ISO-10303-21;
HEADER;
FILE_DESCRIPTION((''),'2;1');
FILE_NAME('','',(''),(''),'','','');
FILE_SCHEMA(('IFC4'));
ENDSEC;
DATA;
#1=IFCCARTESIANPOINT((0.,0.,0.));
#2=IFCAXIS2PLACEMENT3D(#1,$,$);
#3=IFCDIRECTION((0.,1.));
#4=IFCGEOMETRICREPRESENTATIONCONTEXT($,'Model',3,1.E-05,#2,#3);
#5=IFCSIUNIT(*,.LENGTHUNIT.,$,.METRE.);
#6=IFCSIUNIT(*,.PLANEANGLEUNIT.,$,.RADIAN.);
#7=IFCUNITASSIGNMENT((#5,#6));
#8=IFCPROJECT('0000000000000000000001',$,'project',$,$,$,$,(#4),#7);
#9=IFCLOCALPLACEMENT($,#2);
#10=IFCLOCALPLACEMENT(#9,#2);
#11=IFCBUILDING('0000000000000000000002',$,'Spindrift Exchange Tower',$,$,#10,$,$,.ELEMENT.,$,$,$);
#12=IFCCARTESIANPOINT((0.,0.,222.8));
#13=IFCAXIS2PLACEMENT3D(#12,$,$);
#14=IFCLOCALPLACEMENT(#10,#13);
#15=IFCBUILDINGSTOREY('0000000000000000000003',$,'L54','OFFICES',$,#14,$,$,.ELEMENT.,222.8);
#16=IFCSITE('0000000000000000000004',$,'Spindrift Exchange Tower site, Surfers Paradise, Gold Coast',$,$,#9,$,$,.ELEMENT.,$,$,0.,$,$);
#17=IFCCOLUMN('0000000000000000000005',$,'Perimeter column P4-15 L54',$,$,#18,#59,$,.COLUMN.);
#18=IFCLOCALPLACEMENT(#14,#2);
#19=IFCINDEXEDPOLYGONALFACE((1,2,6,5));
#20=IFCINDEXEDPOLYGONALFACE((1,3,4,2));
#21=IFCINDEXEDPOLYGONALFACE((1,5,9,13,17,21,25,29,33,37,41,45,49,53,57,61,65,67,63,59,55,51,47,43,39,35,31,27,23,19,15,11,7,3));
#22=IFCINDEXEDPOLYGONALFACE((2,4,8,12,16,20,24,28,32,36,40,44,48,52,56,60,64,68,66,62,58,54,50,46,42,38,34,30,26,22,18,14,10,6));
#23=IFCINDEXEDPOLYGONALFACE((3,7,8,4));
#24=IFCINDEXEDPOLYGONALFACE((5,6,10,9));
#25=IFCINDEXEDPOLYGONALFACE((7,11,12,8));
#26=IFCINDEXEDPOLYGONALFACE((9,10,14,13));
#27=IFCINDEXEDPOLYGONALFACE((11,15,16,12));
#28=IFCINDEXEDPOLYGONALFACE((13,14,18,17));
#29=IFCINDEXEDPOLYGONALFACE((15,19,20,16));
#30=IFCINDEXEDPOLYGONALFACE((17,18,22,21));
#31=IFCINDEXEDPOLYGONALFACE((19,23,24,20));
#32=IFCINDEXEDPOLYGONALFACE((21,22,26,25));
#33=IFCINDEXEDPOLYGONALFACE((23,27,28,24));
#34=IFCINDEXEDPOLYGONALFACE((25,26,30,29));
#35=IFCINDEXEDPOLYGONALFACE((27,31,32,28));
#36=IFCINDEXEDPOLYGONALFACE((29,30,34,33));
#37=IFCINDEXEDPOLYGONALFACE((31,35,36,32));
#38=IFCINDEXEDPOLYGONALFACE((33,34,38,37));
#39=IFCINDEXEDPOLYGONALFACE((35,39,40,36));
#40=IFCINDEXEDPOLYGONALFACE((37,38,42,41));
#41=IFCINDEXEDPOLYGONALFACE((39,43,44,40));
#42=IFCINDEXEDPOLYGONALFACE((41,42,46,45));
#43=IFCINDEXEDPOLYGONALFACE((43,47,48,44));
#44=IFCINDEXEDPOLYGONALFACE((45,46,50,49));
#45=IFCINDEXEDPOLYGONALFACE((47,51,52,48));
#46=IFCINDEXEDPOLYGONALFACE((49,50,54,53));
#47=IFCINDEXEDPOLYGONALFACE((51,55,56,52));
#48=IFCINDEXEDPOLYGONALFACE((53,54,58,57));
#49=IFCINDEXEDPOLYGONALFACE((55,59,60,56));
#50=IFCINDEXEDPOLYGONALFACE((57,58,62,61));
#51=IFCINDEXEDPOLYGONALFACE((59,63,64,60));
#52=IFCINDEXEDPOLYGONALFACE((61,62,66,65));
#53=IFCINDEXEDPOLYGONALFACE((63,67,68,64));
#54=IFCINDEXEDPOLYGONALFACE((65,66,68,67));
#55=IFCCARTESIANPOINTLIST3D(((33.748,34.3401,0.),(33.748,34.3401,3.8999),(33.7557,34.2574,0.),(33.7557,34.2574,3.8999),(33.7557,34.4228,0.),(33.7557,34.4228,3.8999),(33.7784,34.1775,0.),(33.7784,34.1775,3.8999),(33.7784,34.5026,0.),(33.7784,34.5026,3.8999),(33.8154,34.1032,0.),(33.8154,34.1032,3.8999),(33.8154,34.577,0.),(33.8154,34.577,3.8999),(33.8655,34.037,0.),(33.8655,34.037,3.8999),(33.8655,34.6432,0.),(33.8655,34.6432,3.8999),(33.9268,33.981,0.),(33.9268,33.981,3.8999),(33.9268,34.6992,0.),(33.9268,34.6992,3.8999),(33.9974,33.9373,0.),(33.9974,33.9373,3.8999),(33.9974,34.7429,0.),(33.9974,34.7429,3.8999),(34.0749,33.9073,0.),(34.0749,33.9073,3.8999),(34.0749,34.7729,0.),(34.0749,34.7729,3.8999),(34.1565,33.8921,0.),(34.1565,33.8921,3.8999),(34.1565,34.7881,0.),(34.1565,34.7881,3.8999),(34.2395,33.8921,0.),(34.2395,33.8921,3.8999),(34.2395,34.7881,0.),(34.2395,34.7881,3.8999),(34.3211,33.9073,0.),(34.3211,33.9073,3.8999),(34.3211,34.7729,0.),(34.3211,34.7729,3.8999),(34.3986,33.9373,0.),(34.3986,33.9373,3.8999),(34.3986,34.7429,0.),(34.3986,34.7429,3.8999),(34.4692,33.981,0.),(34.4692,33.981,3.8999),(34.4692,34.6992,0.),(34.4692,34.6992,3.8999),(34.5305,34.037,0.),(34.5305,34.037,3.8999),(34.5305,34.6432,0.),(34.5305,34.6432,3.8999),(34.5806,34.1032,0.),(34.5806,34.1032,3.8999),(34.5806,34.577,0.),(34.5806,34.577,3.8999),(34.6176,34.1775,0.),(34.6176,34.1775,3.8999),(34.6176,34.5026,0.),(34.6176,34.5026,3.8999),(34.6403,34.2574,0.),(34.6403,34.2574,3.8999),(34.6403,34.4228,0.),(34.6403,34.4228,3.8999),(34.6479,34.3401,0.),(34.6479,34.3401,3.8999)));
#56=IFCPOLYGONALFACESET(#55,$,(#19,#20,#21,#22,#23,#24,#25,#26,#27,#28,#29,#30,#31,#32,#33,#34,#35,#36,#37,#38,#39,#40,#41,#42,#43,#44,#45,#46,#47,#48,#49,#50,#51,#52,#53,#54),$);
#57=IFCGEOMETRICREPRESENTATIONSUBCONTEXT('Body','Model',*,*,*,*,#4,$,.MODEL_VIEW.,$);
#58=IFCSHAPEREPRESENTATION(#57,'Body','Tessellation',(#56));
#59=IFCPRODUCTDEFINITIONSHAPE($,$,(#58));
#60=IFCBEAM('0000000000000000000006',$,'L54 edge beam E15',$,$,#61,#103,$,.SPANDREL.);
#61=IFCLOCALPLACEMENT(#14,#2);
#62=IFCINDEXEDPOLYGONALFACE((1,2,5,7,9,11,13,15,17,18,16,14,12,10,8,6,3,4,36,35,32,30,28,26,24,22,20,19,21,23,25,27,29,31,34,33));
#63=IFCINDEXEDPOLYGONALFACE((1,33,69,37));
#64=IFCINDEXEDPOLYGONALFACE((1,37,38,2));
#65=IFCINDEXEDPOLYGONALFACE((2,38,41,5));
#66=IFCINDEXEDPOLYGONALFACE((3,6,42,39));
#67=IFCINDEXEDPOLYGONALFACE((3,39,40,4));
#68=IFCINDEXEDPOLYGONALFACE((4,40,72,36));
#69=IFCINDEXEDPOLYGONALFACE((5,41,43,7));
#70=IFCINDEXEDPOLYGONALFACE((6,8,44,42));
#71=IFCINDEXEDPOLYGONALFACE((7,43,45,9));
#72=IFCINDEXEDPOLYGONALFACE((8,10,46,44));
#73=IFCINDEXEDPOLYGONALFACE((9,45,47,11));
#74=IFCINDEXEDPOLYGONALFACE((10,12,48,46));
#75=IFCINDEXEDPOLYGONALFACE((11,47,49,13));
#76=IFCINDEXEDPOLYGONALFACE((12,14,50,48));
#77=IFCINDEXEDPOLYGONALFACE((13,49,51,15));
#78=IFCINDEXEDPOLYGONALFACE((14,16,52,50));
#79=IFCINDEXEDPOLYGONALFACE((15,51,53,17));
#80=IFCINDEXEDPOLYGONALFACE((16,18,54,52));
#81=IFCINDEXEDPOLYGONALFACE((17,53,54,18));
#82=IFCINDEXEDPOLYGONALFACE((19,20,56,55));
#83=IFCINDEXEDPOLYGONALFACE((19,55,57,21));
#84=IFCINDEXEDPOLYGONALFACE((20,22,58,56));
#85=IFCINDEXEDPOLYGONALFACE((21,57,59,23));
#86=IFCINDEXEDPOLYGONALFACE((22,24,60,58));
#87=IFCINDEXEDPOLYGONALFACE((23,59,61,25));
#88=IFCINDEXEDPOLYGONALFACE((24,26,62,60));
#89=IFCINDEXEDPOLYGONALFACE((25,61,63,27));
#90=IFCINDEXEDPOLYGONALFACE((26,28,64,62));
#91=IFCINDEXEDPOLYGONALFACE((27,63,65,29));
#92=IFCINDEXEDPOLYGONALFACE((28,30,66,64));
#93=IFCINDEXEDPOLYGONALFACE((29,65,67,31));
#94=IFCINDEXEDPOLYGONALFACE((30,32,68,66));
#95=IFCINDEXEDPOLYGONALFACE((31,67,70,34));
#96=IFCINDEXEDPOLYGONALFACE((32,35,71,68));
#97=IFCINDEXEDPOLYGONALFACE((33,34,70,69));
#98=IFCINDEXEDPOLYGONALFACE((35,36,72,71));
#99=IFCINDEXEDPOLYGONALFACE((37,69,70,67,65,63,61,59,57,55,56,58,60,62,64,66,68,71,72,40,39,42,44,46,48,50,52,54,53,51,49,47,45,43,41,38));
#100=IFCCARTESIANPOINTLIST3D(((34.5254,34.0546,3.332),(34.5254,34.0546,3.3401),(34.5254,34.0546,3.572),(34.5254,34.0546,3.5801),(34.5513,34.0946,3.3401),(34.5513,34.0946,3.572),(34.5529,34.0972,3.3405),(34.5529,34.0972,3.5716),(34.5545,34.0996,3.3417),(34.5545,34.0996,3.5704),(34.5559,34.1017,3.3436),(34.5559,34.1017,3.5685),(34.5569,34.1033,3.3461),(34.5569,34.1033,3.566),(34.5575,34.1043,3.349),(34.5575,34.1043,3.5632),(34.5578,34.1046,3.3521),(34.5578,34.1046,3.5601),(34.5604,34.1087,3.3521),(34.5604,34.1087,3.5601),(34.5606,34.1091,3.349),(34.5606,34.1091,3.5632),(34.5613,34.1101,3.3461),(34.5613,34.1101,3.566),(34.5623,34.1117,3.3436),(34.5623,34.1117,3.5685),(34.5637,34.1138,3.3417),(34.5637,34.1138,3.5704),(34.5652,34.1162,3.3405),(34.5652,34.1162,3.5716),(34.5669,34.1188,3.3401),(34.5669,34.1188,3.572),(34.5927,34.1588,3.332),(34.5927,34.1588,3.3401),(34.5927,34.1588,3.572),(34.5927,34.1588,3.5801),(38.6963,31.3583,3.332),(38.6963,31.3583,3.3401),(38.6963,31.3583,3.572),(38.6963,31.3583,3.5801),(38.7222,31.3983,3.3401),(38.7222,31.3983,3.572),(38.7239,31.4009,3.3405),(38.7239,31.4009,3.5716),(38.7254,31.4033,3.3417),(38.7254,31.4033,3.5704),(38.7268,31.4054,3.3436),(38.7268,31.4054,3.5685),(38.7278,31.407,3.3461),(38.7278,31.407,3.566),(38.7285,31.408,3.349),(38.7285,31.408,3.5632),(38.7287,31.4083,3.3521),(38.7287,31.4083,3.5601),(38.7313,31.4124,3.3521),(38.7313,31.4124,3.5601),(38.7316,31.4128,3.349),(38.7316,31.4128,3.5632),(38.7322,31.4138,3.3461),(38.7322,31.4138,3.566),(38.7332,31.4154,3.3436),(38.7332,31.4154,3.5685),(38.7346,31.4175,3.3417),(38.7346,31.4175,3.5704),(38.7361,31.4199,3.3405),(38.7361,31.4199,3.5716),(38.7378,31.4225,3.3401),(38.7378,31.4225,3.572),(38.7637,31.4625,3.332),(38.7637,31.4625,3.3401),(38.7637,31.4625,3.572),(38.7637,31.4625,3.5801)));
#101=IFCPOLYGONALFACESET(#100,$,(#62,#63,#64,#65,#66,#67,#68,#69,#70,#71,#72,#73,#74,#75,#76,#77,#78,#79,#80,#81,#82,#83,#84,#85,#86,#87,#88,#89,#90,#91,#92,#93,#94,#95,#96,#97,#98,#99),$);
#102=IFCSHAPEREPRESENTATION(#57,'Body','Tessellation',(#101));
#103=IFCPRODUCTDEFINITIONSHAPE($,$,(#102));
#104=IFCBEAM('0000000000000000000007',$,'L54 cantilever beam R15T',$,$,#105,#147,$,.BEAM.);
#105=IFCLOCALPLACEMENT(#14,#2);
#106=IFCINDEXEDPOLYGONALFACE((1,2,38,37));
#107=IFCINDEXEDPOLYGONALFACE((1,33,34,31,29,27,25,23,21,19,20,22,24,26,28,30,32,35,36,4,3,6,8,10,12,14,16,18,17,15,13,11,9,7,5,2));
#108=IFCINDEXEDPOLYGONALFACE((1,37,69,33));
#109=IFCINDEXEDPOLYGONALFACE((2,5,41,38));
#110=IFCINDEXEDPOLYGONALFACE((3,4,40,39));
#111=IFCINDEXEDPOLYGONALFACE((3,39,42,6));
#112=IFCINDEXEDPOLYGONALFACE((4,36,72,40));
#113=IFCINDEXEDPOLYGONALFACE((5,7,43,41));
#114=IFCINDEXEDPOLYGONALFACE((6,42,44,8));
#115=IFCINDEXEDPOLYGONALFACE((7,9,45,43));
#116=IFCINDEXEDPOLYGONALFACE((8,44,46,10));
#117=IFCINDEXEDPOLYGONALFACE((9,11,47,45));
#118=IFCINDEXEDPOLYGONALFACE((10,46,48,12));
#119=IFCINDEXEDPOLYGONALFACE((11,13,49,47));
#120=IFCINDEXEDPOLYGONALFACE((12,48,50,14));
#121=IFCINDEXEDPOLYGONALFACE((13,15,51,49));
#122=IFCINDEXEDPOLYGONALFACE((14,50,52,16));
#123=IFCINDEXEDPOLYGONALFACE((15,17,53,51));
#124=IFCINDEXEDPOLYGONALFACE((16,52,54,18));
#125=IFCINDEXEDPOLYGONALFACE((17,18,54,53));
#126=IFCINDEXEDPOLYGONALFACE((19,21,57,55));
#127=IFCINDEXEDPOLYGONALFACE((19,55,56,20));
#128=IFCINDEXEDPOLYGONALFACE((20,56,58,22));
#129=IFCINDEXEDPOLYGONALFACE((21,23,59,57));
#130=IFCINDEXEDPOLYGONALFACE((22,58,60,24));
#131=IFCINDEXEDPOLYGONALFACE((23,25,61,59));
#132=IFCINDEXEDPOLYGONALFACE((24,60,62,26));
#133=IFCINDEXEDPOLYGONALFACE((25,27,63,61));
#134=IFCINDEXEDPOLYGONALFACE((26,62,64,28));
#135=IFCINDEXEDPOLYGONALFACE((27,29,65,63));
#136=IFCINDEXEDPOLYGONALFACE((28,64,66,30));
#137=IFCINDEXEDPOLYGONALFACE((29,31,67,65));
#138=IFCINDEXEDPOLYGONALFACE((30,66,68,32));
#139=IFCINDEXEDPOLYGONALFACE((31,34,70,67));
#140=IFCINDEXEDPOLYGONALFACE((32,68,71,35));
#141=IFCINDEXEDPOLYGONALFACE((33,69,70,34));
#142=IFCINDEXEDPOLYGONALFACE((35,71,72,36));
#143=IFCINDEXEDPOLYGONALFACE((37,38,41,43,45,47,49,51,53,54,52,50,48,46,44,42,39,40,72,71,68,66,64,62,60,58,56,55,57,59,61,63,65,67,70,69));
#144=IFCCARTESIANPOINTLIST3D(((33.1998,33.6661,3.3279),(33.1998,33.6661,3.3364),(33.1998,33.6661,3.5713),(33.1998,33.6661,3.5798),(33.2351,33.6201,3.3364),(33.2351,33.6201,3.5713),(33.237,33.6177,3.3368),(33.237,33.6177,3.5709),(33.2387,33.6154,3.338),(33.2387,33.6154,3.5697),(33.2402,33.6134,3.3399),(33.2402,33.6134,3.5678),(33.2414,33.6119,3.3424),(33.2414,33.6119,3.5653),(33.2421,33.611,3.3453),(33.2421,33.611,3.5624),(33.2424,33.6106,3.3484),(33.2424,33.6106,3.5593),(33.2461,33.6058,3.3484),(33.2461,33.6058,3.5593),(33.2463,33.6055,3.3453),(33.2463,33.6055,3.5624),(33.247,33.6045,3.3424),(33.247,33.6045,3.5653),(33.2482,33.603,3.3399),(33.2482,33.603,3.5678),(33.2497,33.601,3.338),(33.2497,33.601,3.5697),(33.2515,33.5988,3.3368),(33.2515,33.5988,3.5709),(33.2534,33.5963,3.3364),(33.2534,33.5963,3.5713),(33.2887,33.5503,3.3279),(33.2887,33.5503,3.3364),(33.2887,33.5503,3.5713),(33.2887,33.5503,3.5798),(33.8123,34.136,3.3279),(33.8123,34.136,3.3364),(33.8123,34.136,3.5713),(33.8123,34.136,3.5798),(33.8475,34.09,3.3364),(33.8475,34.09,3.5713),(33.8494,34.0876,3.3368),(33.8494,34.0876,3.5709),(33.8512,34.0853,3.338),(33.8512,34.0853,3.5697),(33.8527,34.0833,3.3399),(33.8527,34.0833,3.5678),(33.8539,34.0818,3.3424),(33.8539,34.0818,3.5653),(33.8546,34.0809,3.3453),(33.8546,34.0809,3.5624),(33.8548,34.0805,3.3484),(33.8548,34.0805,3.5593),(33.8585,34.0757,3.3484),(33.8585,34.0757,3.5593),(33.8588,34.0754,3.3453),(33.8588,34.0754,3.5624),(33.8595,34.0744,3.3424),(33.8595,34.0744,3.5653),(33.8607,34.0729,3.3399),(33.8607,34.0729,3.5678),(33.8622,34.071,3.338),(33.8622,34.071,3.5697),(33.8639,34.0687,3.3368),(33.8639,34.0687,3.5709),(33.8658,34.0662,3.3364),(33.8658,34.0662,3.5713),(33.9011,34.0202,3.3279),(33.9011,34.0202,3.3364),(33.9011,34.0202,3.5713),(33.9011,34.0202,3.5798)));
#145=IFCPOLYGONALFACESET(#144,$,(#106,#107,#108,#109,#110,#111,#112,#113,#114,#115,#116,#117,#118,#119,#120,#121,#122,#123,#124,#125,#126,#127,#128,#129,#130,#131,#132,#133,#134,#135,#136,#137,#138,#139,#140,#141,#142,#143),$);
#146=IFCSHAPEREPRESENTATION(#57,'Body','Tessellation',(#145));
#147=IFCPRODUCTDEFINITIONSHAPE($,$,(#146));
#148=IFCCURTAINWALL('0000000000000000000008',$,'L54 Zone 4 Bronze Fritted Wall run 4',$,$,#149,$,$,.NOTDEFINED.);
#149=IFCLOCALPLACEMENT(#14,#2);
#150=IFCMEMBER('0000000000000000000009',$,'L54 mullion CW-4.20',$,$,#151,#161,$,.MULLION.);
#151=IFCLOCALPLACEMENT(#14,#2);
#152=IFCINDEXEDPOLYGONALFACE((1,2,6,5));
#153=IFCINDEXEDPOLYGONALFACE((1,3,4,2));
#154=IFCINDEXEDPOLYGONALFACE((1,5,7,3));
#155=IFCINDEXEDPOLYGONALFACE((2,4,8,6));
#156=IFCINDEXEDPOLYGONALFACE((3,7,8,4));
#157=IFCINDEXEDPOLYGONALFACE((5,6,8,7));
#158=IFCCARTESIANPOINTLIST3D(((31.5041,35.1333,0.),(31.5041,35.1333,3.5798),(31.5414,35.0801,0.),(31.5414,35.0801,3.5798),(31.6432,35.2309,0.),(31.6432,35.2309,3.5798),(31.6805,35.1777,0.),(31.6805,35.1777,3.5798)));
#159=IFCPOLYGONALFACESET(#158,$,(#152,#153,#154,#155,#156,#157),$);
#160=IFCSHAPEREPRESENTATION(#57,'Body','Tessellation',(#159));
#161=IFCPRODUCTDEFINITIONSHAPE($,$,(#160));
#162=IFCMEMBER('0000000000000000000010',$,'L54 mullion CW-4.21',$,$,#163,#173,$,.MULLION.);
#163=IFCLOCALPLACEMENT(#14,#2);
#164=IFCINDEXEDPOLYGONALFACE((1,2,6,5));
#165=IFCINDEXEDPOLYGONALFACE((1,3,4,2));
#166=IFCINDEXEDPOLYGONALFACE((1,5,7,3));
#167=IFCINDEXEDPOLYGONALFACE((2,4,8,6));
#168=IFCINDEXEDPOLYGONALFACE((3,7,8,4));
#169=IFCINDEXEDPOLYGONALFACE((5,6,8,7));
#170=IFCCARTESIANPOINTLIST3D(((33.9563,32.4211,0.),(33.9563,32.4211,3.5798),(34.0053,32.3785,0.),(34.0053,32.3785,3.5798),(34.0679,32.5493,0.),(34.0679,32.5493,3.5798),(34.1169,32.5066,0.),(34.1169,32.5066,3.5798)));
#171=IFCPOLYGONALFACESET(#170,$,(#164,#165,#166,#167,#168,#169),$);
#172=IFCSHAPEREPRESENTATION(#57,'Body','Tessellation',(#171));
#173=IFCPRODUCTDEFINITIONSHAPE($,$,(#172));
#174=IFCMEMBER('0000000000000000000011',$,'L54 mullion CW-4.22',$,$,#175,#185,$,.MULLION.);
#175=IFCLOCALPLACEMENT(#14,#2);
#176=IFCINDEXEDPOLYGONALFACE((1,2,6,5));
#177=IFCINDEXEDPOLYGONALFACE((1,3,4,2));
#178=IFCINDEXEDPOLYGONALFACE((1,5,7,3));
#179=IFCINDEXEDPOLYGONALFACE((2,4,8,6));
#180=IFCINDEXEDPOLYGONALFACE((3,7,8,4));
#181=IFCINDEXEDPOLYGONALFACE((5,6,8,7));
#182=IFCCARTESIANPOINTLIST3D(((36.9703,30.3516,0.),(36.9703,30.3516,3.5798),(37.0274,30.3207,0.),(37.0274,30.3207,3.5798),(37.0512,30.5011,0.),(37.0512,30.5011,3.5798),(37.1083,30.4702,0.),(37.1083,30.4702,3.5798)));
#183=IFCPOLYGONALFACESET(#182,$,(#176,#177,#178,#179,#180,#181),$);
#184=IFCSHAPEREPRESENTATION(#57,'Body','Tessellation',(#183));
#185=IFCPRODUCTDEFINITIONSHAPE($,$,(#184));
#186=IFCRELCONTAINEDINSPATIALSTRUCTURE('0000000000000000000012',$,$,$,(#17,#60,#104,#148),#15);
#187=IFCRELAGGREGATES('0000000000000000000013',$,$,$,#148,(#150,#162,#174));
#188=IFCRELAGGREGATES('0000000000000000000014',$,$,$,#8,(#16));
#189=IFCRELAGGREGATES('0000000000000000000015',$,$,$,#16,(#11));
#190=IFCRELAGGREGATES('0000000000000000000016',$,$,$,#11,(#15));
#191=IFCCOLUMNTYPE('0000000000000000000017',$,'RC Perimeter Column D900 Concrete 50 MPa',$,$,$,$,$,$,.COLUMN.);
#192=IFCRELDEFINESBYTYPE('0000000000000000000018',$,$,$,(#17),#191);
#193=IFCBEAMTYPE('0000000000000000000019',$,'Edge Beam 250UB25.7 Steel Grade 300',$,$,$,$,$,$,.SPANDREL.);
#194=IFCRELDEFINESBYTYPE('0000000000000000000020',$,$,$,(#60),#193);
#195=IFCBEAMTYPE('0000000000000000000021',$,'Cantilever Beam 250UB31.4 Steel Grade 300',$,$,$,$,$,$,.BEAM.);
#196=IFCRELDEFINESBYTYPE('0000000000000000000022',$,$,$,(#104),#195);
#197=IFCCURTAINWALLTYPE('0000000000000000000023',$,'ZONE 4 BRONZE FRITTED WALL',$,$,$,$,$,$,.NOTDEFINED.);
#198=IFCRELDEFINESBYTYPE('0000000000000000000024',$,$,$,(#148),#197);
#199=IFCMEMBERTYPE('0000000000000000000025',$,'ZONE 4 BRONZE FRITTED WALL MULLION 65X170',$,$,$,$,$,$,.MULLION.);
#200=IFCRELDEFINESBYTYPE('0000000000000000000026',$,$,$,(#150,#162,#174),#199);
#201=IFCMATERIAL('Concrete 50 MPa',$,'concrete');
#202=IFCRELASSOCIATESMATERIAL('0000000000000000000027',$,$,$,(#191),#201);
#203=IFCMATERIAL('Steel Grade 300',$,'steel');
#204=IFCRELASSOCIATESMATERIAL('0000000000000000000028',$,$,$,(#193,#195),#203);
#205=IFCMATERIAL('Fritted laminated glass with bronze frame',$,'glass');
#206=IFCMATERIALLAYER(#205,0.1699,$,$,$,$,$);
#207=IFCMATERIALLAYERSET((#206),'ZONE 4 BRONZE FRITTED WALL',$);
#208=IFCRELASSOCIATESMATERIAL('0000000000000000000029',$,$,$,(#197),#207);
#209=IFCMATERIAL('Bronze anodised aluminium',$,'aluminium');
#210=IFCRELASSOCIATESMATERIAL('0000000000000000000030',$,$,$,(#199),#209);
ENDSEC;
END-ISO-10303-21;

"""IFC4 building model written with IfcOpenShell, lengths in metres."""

from ifc_helpers import new_model, si_unit, direction, frame, origin, origin_2d, place, context, subcontext, project, spatial, rectangle, circle, i_section, extrude, source, transform, mapped, material, layer, layer_set, material_profile, profile_set, type_object, element, aggregate, save


model = new_model("IFC4")

# Units and contexts
model_context = context("Model", 3, precision=1e-05, world=origin(), true_north=direction((0.0, 1.0)))
body_context = subcontext(model_context, "Body", "Model", "MODEL_VIEW")
ifc_project = project(units=[si_unit("LENGTHUNIT", "METRE"), si_unit("PLANEANGLEUNIT", "RADIAN")], contexts=[model_context])

# Site, building, storey
site_placement = place(None, origin())
site = spatial("IfcSite", under=ifc_project, at=site_placement, Name="Spindrift Exchange Tower site, Surfers Paradise, Gold Coast", CompositionType="ELEMENT", RefElevation=0.0)
building_placement = place(site_placement, origin())
building = spatial("IfcBuilding", under=site, at=building_placement, Name="Spindrift Exchange Tower", CompositionType="ELEMENT")
storey_placement = place(building_placement, frame((0.0, 0.0, 222.8)))
storey = spatial("IfcBuildingStorey", under=building, at=storey_placement, Name="L54", Description="OFFICES", CompositionType="ELEMENT", Elevation=222.8)

# Column
ifc_material_1 = material(Name="Concrete 50 MPa", Category="concrete")
ifc_material_profile_1 = material_profile(ifc_material_1, circle(Radius=0.45, at=origin_2d()), Name="RC D900")
ifc_profile_set_1 = profile_set([ifc_material_profile_1], Name="Concrete 50 MPa")
column_type = type_object("IfcColumnType", Name="RC Perimeter Column D900 Concrete 50 MPa", PredefinedType="COLUMN", material=ifc_profile_set_1)
shared_shape_1 = source(origin(), body_context, "Body", "SweptSolid", [
    extrude(circle(Radius=0.45, at=origin_2d()), origin(), (0.0, 0.0, 1.0), 3.8999),
])
column_placement = place(storey_placement, frame((34.198, 34.3401, 0.0), z_axis=(0.0, 0.0, 1.0), x_axis=(1.0, 0.0, 0.0)))
element("IfcColumn", 1, at=column_placement, inside=storey, type_object=column_type, Name="Perimeter column P4-15 L54", PredefinedType="COLUMN", context=body_context, shape_type="MappedRepresentation", body=[
    mapped(shared_shape_1, transform((0.0, 0.0, 0.0), scale=1.0)),
])

# Beams
ifc_material_2 = material(Name="Steel Grade 300", Category="steel")
ifc_material_profile_2 = material_profile(ifc_material_2, i_section(OverallWidth=0.124, OverallDepth=0.248, WebThickness=0.0049, FlangeThickness=0.0081, FilletRadius=0.012, at=origin_2d()), Name="250UB25.7")
ifc_profile_set_2 = profile_set([ifc_material_profile_2], Name="Steel Grade 300")
beam_type_1 = type_object("IfcBeamType", Name="Edge Beam 250UB25.7 Steel Grade 300", PredefinedType="SPANDREL", material=ifc_profile_set_2)
shared_shape_2 = source(origin(), body_context, "Body", "SweptSolid", [
    extrude(i_section(OverallWidth=0.124, OverallDepth=0.248, WebThickness=0.0049, FlangeThickness=0.0081, FilletRadius=0.012, at=origin_2d()), origin(), (0.0, 0.0, 1.0), 4.9666),
])
beam_1_placement = place(storey_placement, frame((34.5591, 34.1067, 3.4561), z_axis=(0.839802, -0.542893, 0.0), x_axis=(0.542893, 0.839802, 0.0)))
element("IfcBeam", 2, at=beam_1_placement, inside=storey, type_object=beam_type_1, Name="L54 edge beam E15", PredefinedType="SPANDREL", context=body_context, shape_type="MappedRepresentation", body=[
    mapped(shared_shape_2, transform((0.0, 0.0, 0.0), scale=1.0)),
])
ifc_material_profile_3 = material_profile(ifc_material_2, i_section(OverallWidth=0.146, OverallDepth=0.252, WebThickness=0.0061, FlangeThickness=0.0085, FilletRadius=0.012, at=origin_2d()), Name="250UB31.4")
ifc_profile_set_3 = profile_set([ifc_material_profile_3], Name="Steel Grade 300")
beam_type_2 = type_object("IfcBeamType", Name="Cantilever Beam 250UB31.4 Steel Grade 300", PredefinedType="BEAM", material=ifc_profile_set_3)
shared_shape_3 = source(origin(), body_context, "Body", "SweptSolid", [
    extrude(i_section(OverallWidth=0.146, OverallDepth=0.252, WebThickness=0.0061, FlangeThickness=0.0085, FilletRadius=0.012, at=origin_2d()), origin(), (0.0, 0.0, 1.0), 0.772),
])
beam_2_placement = place(storey_placement, frame((33.8567, 34.0781, 3.4539), z_axis=(-0.793387, -0.608717, 0.0), x_axis=(0.608717, -0.793387, 0.0)))
element("IfcBeam", 3, at=beam_2_placement, inside=storey, type_object=beam_type_2, Name="L54 cantilever beam R15T", PredefinedType="BEAM", context=body_context, shape_type="MappedRepresentation", body=[
    mapped(shared_shape_3, transform((0.0, 0.0, 0.0), scale=1.0)),
])

# Curtain wall, members
ifc_material_3 = material(Name="Fritted laminated glass with bronze frame", Category="glass")
ifc_layer_1 = layer(ifc_material_3, 0.1699)
ifc_layer_set_1 = layer_set([ifc_layer_1], Name="ZONE 4 BRONZE FRITTED WALL")
curtain_wall_type = type_object("IfcCurtainWallType", Name="ZONE 4 BRONZE FRITTED WALL", PredefinedType="NOTDEFINED", material=ifc_layer_set_1)
curtain_wall_placement = place(storey_placement, origin())
curtain_wall = element("IfcCurtainWall", 4, at=curtain_wall_placement, inside=storey, type_object=curtain_wall_type, Name="L54 Zone 4 Bronze Fritted Wall run 4", PredefinedType="NOTDEFINED")
ifc_material_4 = material(Name="Bronze anodised aluminium", Category="aluminium")
ifc_material_profile_4 = material_profile(ifc_material_4, rectangle(XDim=0.0649, YDim=0.1699, at=origin_2d()), Name="ZONE 4 BRONZE FRITTED WALL MULLION 65X170")
ifc_profile_set_4 = profile_set([ifc_material_profile_4], Name="Bronze anodised aluminium")
member_type_1 = type_object("IfcMemberType", Name="ZONE 4 BRONZE FRITTED WALL MULLION 65X170", PredefinedType="MULLION", material=ifc_profile_set_4)
shared_shape_4 = source(origin(), body_context, "Body", "SweptSolid", [
    extrude(rectangle(XDim=0.0649, YDim=0.1699, at=origin_2d()), origin(), (0.0, 0.0, 1.0), 3.5798),
])
member_1_placement = place(storey_placement, frame((31.5923, 35.1555, 0.0), z_axis=(0.0, 0.0, 1.0), x_axis=(0.574316, -0.818634, 0.0)))
member_1 = element("IfcMember", 5, at=member_1_placement, type_object=member_type_1, Name="L54 mullion CW-4.20", PredefinedType="MULLION", context=body_context, shape_type="MappedRepresentation", body=[
    mapped(shared_shape_4, transform((0.0, 0.0, 0.0), scale=1.0)),
])
member_2_placement = place(storey_placement, frame((34.0366, 32.4639, 0.0), z_axis=(0.0, 0.0, 1.0), x_axis=(0.754022, -0.656849, 0.0)))
member_2 = element("IfcMember", 6, at=member_2_placement, type_object=member_type_1, Name="L54 mullion CW-4.21", PredefinedType="MULLION", context=body_context, shape_type="MappedRepresentation", body=[
    mapped(shared_shape_4, transform((0.0, 0.0, 0.0), scale=1.0)),
])
member_3_placement = place(storey_placement, frame((37.0393, 30.4109, 0.0), z_axis=(0.0, 0.0, 1.0), x_axis=(0.879583, -0.475746, 0.0)))
member_3 = element("IfcMember", 7, at=member_3_placement, type_object=member_type_1, Name="L54 mullion CW-4.22", PredefinedType="MULLION", context=body_context, shape_type="MappedRepresentation", body=[
    mapped(shared_shape_4, transform((0.0, 0.0, 0.0), scale=1.0)),
])

aggregate(curtain_wall, [member_1, member_2, member_3])

save(model, "model.ifc")
